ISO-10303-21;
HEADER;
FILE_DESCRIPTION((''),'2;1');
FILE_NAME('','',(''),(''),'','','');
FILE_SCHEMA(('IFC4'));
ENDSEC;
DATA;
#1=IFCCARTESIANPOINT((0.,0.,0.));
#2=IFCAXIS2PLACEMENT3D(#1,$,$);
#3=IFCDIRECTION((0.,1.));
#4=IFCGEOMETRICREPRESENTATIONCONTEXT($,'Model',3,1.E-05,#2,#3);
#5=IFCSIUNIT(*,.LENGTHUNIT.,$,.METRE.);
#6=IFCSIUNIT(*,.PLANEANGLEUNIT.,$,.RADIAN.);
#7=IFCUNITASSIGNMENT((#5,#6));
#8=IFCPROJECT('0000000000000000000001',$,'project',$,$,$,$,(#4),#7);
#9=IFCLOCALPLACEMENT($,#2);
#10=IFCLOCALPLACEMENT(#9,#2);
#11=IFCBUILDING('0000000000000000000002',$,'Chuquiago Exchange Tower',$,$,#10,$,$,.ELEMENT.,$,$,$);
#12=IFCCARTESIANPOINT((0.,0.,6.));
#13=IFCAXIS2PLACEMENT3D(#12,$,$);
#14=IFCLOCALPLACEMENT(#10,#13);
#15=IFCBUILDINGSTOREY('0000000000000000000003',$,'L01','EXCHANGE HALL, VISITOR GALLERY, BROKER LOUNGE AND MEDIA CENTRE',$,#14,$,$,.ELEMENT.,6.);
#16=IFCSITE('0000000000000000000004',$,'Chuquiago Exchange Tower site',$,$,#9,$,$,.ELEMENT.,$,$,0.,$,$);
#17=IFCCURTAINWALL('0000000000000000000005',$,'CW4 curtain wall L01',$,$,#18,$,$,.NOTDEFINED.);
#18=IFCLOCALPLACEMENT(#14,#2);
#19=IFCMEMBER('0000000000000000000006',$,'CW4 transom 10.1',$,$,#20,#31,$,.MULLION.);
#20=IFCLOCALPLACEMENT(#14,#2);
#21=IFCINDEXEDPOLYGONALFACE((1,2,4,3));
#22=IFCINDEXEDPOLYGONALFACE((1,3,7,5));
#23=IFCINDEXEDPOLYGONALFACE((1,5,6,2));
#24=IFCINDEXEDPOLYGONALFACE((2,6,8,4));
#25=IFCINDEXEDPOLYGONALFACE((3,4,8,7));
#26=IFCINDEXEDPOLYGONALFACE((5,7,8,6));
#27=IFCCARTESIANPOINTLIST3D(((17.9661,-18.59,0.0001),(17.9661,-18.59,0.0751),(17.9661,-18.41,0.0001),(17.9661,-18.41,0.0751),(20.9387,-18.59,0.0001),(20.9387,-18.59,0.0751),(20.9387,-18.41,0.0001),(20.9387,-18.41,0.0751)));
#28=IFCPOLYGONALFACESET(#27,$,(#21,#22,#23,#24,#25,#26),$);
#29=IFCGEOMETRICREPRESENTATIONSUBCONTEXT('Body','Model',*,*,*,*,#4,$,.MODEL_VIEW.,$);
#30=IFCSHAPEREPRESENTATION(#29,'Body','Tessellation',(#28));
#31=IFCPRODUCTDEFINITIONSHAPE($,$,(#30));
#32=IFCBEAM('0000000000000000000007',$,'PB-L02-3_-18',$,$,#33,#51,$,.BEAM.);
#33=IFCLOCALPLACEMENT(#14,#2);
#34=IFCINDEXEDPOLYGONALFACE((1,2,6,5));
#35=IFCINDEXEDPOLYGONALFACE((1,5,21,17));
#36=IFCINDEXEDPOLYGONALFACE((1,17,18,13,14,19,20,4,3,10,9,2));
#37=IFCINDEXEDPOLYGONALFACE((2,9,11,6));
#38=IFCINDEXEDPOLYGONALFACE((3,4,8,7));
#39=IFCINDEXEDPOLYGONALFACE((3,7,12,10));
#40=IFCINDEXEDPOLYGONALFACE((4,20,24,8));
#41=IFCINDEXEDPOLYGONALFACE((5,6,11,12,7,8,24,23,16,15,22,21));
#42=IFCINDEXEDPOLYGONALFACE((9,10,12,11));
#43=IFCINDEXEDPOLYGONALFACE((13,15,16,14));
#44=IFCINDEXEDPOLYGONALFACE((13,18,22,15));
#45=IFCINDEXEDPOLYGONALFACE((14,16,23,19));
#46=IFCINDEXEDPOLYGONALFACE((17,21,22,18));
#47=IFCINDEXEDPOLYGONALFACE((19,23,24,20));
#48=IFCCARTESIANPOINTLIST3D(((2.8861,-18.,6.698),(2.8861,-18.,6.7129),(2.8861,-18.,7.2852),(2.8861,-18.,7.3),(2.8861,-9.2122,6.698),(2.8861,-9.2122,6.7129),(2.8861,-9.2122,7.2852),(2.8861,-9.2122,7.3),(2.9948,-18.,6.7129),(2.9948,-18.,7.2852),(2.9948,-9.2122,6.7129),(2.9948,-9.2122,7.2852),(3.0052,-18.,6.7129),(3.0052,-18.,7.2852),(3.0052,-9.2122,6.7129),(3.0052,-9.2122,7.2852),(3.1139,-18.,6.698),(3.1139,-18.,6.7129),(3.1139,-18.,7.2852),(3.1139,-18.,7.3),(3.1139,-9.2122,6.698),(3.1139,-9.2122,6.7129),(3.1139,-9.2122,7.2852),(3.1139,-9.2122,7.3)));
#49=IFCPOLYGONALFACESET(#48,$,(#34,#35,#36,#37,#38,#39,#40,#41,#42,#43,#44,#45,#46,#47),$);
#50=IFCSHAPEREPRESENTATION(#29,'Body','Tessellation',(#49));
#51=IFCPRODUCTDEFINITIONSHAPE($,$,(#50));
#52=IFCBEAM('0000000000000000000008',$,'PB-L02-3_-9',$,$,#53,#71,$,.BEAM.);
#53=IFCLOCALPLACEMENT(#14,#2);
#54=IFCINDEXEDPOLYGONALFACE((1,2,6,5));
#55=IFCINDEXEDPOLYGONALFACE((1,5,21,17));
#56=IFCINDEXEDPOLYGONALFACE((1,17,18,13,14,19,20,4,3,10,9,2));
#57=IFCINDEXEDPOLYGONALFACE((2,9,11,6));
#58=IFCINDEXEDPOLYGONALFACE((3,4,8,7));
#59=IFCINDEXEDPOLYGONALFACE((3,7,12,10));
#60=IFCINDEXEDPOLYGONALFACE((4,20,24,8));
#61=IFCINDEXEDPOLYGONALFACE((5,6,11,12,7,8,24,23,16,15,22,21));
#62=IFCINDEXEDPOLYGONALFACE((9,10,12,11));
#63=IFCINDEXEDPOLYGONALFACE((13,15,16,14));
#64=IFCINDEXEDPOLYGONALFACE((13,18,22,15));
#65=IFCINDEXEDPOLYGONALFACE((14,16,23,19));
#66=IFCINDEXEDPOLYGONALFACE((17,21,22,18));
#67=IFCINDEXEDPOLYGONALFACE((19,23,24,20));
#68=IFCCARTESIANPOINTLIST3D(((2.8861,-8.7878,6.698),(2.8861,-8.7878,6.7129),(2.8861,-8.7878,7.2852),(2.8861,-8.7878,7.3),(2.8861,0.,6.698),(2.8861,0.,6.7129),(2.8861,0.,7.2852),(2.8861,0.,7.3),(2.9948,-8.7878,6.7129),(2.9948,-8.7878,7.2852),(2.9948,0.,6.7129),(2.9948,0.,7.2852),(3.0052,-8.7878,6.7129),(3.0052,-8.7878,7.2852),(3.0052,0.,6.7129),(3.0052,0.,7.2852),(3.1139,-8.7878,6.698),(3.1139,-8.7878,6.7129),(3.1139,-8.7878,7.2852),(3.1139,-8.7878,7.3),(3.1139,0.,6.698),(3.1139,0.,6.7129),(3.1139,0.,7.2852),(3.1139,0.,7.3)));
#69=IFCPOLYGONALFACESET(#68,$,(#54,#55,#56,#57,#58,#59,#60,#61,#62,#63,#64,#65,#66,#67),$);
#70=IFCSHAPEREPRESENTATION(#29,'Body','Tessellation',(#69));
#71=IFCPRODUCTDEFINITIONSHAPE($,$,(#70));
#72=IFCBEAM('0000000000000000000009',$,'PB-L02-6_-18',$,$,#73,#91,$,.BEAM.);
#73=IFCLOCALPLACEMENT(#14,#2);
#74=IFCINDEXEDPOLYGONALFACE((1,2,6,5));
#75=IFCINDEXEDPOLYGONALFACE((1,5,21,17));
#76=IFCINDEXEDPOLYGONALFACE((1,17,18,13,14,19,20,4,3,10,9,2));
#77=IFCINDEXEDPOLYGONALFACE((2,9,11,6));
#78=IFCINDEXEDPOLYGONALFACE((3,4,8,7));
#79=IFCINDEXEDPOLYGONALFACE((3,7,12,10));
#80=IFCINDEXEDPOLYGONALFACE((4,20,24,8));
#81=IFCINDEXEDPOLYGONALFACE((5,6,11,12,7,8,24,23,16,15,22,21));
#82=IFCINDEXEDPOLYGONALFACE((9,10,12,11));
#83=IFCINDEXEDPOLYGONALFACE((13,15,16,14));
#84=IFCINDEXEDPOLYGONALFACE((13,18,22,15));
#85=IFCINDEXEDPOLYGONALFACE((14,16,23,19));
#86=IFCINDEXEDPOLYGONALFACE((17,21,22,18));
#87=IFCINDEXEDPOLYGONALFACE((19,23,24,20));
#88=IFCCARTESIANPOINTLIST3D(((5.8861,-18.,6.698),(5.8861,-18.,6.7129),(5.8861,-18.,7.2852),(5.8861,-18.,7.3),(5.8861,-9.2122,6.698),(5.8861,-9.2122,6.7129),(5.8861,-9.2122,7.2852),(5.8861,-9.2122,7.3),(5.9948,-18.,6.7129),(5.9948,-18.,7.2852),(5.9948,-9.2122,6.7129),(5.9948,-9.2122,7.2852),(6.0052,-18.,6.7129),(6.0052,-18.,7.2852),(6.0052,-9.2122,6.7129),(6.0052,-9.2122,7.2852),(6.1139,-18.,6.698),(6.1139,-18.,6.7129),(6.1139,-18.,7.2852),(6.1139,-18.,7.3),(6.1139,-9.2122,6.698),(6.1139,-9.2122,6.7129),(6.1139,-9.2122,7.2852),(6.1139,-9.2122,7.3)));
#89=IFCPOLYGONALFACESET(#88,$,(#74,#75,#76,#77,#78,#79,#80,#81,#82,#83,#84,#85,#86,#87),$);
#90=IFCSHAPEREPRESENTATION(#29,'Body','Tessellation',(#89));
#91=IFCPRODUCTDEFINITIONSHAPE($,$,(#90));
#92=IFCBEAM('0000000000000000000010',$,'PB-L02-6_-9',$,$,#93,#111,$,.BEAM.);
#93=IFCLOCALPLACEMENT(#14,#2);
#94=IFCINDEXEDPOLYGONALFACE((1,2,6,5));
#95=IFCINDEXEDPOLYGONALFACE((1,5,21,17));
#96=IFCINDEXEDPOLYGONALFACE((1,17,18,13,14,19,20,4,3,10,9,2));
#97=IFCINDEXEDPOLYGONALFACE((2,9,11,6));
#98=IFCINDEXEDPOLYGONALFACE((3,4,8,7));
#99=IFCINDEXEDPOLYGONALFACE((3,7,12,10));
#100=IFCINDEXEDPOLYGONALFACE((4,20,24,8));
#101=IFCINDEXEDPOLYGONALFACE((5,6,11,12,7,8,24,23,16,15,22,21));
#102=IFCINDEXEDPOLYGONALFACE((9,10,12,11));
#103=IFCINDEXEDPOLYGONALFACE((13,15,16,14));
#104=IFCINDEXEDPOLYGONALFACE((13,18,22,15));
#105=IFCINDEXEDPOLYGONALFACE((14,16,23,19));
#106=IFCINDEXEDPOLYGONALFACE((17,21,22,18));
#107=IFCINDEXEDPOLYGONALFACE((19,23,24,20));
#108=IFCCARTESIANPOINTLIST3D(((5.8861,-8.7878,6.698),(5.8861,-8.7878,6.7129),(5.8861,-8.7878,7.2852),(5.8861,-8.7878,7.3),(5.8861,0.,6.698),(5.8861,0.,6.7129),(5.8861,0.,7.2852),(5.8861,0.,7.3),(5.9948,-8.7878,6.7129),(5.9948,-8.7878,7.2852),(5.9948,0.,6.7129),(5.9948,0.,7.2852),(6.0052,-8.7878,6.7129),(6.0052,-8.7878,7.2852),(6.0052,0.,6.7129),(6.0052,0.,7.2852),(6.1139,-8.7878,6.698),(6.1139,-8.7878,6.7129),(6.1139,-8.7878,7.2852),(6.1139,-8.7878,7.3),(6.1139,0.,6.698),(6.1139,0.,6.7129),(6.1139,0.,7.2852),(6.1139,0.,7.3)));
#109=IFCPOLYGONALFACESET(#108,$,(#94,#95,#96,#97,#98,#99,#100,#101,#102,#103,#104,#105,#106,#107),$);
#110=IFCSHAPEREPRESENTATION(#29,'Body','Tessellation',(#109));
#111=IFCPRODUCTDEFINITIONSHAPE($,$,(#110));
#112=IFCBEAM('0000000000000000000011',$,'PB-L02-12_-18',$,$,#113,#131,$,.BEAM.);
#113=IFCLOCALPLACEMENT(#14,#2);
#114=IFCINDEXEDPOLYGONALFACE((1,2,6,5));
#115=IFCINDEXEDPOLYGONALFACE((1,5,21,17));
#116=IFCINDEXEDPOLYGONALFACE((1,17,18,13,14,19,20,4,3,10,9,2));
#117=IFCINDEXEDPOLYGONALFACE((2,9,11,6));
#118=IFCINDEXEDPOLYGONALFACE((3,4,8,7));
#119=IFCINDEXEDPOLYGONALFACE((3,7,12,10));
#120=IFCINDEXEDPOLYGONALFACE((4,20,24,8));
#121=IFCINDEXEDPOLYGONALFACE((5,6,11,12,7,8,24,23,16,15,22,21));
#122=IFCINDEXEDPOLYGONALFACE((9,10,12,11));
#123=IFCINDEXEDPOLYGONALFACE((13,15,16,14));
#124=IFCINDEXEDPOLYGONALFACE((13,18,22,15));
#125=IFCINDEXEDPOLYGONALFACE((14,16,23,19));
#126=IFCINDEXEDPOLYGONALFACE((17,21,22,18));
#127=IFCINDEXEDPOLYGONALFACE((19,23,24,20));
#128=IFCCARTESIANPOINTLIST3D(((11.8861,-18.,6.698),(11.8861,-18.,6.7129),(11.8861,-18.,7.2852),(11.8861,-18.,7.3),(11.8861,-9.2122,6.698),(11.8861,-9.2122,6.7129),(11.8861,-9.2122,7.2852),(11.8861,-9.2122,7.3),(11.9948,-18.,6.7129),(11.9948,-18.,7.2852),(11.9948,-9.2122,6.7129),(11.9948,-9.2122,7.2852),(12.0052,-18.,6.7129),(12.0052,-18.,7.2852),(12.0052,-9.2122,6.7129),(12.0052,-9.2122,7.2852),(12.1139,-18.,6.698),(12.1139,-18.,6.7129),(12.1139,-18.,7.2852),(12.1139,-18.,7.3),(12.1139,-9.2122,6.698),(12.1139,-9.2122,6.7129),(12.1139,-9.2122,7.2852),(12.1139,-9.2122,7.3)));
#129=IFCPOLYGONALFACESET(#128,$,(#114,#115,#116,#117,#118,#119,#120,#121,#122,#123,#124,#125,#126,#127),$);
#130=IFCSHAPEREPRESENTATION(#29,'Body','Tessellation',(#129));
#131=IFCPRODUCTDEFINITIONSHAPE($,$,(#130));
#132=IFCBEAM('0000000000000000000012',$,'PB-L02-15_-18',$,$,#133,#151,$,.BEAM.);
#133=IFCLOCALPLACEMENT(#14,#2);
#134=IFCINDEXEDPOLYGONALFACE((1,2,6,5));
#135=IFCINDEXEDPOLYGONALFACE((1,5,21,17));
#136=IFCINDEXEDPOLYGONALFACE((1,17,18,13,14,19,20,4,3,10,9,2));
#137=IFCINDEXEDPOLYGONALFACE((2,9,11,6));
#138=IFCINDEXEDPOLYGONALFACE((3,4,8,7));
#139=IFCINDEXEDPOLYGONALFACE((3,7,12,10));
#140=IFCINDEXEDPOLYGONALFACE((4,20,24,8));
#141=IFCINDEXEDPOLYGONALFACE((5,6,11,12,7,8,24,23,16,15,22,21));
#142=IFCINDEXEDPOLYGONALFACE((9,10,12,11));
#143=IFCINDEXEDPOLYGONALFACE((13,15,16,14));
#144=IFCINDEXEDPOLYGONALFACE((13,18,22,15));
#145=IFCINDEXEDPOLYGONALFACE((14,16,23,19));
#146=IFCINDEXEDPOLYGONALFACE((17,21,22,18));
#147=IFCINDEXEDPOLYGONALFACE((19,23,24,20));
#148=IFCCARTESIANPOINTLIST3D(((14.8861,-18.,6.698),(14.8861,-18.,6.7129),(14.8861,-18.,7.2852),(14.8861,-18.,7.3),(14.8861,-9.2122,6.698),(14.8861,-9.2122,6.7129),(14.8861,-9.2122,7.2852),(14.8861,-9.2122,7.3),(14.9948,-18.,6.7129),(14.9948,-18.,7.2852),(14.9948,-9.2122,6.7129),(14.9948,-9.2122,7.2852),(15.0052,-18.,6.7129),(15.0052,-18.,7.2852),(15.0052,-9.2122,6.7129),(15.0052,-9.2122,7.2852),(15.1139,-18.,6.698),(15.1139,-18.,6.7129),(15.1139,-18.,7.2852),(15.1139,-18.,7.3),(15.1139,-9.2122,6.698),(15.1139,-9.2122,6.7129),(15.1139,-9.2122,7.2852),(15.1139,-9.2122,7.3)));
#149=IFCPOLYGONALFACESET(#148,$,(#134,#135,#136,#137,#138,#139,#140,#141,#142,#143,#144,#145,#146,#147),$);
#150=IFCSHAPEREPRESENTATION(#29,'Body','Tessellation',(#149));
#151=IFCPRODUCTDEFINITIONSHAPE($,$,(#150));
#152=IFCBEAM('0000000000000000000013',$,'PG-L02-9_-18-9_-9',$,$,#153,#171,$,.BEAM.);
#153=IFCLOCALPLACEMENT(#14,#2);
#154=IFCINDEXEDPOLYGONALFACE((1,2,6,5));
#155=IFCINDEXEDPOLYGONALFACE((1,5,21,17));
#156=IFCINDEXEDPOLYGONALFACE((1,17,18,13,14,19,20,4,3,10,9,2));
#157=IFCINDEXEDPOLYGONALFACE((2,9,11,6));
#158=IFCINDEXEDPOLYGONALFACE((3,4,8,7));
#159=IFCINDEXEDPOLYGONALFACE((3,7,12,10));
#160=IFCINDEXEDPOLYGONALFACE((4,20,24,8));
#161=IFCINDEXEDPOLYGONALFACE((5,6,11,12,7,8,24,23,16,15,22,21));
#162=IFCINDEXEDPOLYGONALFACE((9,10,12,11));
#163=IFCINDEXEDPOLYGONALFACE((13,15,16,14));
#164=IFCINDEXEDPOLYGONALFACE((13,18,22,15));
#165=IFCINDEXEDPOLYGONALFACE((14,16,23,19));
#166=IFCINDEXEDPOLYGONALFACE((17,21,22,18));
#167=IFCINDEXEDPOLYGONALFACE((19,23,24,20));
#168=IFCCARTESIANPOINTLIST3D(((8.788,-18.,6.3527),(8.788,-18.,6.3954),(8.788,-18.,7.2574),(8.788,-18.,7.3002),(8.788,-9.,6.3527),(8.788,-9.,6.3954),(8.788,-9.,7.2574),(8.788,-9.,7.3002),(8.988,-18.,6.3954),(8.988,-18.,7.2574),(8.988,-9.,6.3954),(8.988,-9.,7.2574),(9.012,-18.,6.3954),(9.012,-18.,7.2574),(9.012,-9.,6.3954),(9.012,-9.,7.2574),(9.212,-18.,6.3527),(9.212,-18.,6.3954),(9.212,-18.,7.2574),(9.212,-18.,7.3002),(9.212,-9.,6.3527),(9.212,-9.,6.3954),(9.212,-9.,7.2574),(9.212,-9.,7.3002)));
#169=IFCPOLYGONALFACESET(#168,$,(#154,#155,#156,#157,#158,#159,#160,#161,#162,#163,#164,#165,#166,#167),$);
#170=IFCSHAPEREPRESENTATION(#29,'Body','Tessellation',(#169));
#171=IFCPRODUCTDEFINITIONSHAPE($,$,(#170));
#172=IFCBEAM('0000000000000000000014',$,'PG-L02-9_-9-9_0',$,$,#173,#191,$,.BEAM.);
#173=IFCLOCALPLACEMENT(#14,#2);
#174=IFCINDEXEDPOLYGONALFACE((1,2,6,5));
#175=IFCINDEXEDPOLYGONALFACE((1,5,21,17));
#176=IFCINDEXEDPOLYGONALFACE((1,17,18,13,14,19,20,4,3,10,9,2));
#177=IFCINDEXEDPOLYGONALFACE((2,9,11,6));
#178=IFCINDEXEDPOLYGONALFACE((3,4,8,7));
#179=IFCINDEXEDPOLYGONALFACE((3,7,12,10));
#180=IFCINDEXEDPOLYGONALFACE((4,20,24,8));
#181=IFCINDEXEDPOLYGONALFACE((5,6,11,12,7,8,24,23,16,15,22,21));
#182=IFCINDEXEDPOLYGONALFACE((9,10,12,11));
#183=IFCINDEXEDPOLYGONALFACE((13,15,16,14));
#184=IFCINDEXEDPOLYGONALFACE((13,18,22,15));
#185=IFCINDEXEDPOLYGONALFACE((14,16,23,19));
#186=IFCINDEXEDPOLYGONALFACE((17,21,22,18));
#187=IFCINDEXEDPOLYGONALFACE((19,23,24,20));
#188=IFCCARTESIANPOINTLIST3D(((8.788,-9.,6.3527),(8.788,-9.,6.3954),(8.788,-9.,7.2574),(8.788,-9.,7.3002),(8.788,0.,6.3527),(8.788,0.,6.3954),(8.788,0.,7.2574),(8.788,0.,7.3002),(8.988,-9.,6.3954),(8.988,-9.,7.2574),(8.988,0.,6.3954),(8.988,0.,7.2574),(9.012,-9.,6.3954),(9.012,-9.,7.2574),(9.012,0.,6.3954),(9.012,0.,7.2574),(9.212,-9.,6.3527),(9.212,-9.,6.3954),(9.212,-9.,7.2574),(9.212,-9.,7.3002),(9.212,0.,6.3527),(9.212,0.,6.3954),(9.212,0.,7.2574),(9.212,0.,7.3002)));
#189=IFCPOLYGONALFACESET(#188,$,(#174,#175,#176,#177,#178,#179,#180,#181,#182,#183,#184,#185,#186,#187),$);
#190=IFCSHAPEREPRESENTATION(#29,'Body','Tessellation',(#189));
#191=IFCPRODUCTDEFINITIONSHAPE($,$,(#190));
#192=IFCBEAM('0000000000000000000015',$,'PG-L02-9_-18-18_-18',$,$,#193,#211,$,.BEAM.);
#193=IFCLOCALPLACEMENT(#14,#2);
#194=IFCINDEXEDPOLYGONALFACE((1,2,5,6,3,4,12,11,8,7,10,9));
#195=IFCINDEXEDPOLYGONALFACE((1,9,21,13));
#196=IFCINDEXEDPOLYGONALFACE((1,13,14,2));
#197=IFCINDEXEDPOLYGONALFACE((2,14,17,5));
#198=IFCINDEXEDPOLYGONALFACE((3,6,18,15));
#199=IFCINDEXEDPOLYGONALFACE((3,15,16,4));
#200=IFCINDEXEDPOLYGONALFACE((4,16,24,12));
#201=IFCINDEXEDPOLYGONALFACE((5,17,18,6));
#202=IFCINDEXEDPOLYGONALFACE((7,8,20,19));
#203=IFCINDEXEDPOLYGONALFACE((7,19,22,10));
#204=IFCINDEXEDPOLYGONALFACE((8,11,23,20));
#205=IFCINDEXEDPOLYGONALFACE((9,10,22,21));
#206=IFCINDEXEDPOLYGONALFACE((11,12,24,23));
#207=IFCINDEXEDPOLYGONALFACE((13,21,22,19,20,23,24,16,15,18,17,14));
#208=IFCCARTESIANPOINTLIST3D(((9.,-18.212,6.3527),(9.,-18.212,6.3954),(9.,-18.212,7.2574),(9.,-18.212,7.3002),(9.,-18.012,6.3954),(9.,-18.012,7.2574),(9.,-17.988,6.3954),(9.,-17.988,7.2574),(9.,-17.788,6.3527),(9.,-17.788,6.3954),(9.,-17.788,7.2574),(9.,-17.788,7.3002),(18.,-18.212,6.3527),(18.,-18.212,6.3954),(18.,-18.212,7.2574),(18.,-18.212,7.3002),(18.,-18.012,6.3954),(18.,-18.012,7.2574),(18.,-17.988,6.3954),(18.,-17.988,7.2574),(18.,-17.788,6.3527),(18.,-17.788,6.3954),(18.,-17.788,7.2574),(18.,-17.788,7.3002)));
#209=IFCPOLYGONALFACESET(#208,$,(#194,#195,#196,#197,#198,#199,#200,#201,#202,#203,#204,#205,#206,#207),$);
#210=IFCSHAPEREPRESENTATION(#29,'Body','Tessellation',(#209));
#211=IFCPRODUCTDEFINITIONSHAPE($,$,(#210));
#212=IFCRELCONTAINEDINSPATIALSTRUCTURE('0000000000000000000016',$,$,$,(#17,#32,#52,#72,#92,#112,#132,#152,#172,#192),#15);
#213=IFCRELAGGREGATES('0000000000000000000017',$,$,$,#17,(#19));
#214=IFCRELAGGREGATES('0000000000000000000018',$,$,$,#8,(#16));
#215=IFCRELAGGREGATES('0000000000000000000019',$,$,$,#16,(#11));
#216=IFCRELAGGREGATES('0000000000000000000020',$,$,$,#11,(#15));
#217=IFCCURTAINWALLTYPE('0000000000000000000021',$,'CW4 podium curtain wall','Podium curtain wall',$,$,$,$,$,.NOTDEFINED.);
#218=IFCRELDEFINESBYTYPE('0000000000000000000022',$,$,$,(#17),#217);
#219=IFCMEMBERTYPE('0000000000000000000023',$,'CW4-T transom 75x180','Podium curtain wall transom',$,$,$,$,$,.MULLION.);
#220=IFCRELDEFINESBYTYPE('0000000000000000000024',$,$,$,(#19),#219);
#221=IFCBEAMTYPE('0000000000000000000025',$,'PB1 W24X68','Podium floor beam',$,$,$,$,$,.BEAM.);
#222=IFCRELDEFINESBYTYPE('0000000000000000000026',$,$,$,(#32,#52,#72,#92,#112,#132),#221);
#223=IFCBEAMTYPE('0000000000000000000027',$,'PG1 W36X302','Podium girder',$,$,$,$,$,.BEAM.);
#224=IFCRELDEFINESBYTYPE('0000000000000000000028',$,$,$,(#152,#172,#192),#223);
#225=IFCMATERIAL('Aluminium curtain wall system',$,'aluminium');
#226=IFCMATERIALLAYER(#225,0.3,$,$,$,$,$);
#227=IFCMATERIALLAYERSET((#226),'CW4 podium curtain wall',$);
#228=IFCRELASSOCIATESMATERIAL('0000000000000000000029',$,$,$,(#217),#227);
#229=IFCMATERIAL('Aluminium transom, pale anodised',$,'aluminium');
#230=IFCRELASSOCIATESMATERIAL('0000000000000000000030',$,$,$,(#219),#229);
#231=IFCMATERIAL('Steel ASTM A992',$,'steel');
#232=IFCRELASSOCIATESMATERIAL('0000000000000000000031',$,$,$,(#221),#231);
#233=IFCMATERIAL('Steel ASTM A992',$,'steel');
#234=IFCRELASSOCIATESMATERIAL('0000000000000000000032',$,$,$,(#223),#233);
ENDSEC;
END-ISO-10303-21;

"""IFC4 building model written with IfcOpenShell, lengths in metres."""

from ifc_helpers import new_model, si_unit, direction, frame, origin, origin_2d, place, context, subcontext, project, spatial, rectangle, i_section, extrude, material, layer, layer_set, material_profile, profile_set, type_object, element, aggregate, save


model = new_model("IFC4")

# Units and contexts
model_context = context("Model", 3, precision=1e-05, world=origin(), true_north=direction((0.0, 1.0)))
body_context = subcontext(model_context, "Body", "Model", "MODEL_VIEW")
ifc_project = project(units=[si_unit("LENGTHUNIT", "METRE"), si_unit("PLANEANGLEUNIT", "RADIAN")], contexts=[model_context])

# Site, building, storey
site_placement = place(None, origin())
site = spatial("IfcSite", under=ifc_project, at=site_placement, Name="Chuquiago Exchange Tower site", CompositionType="ELEMENT", RefElevation=0.0)
building_placement = place(site_placement, origin())
building = spatial("IfcBuilding", under=site, at=building_placement, Name="Chuquiago Exchange Tower", CompositionType="ELEMENT")
storey_placement = place(building_placement, frame((0.0, 0.0, 6.0)))
storey = spatial("IfcBuildingStorey", under=building, at=storey_placement, Name="L01", Description="EXCHANGE HALL, VISITOR GALLERY, BROKER LOUNGE AND MEDIA CENTRE", CompositionType="ELEMENT", Elevation=6.0)

# Curtain wall, member
ifc_material_1 = material(Name="Aluminium curtain wall system", Category="aluminium")
ifc_layer_1 = layer(ifc_material_1, 0.3)
ifc_layer_set_1 = layer_set([ifc_layer_1], Name="CW4 podium curtain wall")
curtain_wall_type = type_object("IfcCurtainWallType", Name="CW4 podium curtain wall", Description="Podium curtain wall", PredefinedType="NOTDEFINED", material=ifc_layer_set_1)
curtain_wall_placement = place(storey_placement, origin())
curtain_wall = element("IfcCurtainWall", 1, at=curtain_wall_placement, inside=storey, type_object=curtain_wall_type, Name="CW4 curtain wall L01", PredefinedType="NOTDEFINED")
ifc_material_2 = material(Name="Aluminium transom, pale anodised", Category="aluminium")
ifc_material_profile_1 = material_profile(ifc_material_2, rectangle(XDim=0.1799, YDim=0.075, at=origin_2d()), Name="AL 180x75")
ifc_profile_set_1 = profile_set([ifc_material_profile_1], Name="Aluminium transom, pale anodised")
member_type_1 = type_object("IfcMemberType", Name="CW4-T transom 75x180", Description="Podium curtain wall transom", PredefinedType="MULLION", material=ifc_profile_set_1)
member_1_placement = place(storey_placement, frame((17.9661, -18.5, 0.0376), z_axis=(1.0, 0.0, 0.0), x_axis=(0.0, 1.0, 0.0)))
member_1 = element("IfcMember", 2, at=member_1_placement, type_object=member_type_1, Name="CW4 transom 10.1", PredefinedType="MULLION", context=body_context, shape_type="SweptSolid", body=[
    extrude(rectangle(XDim=0.1799, YDim=0.075, at=origin_2d()), origin(), (0.0, 0.0, 1.0), 2.9727),
])

# Beams
ifc_material_3 = material(Name="Steel ASTM A992", Category="steel")
ifc_material_profile_2 = material_profile(ifc_material_3, i_section(OverallWidth=0.2278, OverallDepth=0.6021, WebThickness=0.0105, FlangeThickness=0.0149, at=origin_2d()), Name="W24X68")
ifc_profile_set_2 = profile_set([ifc_material_profile_2], Name="Steel ASTM A992")
beam_type_1 = type_object("IfcBeamType", Name="PB1 W24X68", Description="Podium floor beam", PredefinedType="BEAM", material=ifc_profile_set_2)
for number, where, z_axis, x_axis, name in (
    (3, (3.0, -18.0, 6.999), (0.0, 1.0, 0.0), (-1.0, 0.0, 0.0), "PB-L02-3_-18"),
    (4, (3.0, -8.7878, 6.999), (0.0, 1.0, 0.0), (-1.0, 0.0, 0.0), "PB-L02-3_-9"),
    (5, (6.0, -18.0, 6.999), (0.0, 1.0, 0.0), (-1.0, 0.0, 0.0), "PB-L02-6_-18"),
    (6, (6.0, -8.7878, 6.999), (0.0, 1.0, 0.0), (-1.0, 0.0, 0.0), "PB-L02-6_-9"),
    (7, (12.0, -18.0, 6.999), (0.0, 1.0, 0.0), (-1.0, 0.0, 0.0), "PB-L02-12_-18"),
    (8, (15.0, -18.0, 6.999), (0.0, 1.0, 0.0), (-1.0, 0.0, 0.0), "PB-L02-15_-18"),
):
    element("IfcBeam", number, at=place(storey_placement, frame(where, z_axis=z_axis, x_axis=x_axis)), inside=storey, type_object=beam_type_1, Name=name, PredefinedType="BEAM", context=body_context, shape_type="SweptSolid", body=[
        extrude(i_section(OverallWidth=0.2278, OverallDepth=0.6021, WebThickness=0.0105, FlangeThickness=0.0149, at=origin_2d()), origin(), (0.0, 0.0, 1.0), 8.7878),
    ])
ifc_material_4 = material(Name="Steel ASTM A992", Category="steel")
ifc_material_profile_3 = material_profile(ifc_material_4, i_section(OverallWidth=0.4241, OverallDepth=0.9475, WebThickness=0.0239, FlangeThickness=0.0427, at=origin_2d()), Name="W36X302")
ifc_profile_set_3 = profile_set([ifc_material_profile_3], Name="Steel ASTM A992")
beam_type_2 = type_object("IfcBeamType", Name="PG1 W36X302", Description="Podium girder", PredefinedType="BEAM", material=ifc_profile_set_3)
for number, where, z_axis, x_axis, name in (
    (9, (9.0, -18.0, 6.8264), (0.0, 1.0, 0.0), (-1.0, 0.0, 0.0), "PG-L02-9_-18-9_-9"),
    (10, (9.0, -9.0, 6.8264), (0.0, 1.0, 0.0), (-1.0, 0.0, 0.0), "PG-L02-9_-9-9_0"),
    (11, (9.0, -18.0, 6.8264), (1.0, 0.0, 0.0), (0.0, 1.0, 0.0), "PG-L02-9_-18-18_-18"),
):
    element("IfcBeam", number, at=place(storey_placement, frame(where, z_axis=z_axis, x_axis=x_axis)), inside=storey, type_object=beam_type_2, Name=name, PredefinedType="BEAM", context=body_context, shape_type="SweptSolid", body=[
        extrude(i_section(OverallWidth=0.4241, OverallDepth=0.9475, WebThickness=0.0239, FlangeThickness=0.0427, at=origin_2d()), origin(), (0.0, 0.0, 1.0), 9.0),
    ])

aggregate(curtain_wall, [member_1])

save(model, "model.ifc")
